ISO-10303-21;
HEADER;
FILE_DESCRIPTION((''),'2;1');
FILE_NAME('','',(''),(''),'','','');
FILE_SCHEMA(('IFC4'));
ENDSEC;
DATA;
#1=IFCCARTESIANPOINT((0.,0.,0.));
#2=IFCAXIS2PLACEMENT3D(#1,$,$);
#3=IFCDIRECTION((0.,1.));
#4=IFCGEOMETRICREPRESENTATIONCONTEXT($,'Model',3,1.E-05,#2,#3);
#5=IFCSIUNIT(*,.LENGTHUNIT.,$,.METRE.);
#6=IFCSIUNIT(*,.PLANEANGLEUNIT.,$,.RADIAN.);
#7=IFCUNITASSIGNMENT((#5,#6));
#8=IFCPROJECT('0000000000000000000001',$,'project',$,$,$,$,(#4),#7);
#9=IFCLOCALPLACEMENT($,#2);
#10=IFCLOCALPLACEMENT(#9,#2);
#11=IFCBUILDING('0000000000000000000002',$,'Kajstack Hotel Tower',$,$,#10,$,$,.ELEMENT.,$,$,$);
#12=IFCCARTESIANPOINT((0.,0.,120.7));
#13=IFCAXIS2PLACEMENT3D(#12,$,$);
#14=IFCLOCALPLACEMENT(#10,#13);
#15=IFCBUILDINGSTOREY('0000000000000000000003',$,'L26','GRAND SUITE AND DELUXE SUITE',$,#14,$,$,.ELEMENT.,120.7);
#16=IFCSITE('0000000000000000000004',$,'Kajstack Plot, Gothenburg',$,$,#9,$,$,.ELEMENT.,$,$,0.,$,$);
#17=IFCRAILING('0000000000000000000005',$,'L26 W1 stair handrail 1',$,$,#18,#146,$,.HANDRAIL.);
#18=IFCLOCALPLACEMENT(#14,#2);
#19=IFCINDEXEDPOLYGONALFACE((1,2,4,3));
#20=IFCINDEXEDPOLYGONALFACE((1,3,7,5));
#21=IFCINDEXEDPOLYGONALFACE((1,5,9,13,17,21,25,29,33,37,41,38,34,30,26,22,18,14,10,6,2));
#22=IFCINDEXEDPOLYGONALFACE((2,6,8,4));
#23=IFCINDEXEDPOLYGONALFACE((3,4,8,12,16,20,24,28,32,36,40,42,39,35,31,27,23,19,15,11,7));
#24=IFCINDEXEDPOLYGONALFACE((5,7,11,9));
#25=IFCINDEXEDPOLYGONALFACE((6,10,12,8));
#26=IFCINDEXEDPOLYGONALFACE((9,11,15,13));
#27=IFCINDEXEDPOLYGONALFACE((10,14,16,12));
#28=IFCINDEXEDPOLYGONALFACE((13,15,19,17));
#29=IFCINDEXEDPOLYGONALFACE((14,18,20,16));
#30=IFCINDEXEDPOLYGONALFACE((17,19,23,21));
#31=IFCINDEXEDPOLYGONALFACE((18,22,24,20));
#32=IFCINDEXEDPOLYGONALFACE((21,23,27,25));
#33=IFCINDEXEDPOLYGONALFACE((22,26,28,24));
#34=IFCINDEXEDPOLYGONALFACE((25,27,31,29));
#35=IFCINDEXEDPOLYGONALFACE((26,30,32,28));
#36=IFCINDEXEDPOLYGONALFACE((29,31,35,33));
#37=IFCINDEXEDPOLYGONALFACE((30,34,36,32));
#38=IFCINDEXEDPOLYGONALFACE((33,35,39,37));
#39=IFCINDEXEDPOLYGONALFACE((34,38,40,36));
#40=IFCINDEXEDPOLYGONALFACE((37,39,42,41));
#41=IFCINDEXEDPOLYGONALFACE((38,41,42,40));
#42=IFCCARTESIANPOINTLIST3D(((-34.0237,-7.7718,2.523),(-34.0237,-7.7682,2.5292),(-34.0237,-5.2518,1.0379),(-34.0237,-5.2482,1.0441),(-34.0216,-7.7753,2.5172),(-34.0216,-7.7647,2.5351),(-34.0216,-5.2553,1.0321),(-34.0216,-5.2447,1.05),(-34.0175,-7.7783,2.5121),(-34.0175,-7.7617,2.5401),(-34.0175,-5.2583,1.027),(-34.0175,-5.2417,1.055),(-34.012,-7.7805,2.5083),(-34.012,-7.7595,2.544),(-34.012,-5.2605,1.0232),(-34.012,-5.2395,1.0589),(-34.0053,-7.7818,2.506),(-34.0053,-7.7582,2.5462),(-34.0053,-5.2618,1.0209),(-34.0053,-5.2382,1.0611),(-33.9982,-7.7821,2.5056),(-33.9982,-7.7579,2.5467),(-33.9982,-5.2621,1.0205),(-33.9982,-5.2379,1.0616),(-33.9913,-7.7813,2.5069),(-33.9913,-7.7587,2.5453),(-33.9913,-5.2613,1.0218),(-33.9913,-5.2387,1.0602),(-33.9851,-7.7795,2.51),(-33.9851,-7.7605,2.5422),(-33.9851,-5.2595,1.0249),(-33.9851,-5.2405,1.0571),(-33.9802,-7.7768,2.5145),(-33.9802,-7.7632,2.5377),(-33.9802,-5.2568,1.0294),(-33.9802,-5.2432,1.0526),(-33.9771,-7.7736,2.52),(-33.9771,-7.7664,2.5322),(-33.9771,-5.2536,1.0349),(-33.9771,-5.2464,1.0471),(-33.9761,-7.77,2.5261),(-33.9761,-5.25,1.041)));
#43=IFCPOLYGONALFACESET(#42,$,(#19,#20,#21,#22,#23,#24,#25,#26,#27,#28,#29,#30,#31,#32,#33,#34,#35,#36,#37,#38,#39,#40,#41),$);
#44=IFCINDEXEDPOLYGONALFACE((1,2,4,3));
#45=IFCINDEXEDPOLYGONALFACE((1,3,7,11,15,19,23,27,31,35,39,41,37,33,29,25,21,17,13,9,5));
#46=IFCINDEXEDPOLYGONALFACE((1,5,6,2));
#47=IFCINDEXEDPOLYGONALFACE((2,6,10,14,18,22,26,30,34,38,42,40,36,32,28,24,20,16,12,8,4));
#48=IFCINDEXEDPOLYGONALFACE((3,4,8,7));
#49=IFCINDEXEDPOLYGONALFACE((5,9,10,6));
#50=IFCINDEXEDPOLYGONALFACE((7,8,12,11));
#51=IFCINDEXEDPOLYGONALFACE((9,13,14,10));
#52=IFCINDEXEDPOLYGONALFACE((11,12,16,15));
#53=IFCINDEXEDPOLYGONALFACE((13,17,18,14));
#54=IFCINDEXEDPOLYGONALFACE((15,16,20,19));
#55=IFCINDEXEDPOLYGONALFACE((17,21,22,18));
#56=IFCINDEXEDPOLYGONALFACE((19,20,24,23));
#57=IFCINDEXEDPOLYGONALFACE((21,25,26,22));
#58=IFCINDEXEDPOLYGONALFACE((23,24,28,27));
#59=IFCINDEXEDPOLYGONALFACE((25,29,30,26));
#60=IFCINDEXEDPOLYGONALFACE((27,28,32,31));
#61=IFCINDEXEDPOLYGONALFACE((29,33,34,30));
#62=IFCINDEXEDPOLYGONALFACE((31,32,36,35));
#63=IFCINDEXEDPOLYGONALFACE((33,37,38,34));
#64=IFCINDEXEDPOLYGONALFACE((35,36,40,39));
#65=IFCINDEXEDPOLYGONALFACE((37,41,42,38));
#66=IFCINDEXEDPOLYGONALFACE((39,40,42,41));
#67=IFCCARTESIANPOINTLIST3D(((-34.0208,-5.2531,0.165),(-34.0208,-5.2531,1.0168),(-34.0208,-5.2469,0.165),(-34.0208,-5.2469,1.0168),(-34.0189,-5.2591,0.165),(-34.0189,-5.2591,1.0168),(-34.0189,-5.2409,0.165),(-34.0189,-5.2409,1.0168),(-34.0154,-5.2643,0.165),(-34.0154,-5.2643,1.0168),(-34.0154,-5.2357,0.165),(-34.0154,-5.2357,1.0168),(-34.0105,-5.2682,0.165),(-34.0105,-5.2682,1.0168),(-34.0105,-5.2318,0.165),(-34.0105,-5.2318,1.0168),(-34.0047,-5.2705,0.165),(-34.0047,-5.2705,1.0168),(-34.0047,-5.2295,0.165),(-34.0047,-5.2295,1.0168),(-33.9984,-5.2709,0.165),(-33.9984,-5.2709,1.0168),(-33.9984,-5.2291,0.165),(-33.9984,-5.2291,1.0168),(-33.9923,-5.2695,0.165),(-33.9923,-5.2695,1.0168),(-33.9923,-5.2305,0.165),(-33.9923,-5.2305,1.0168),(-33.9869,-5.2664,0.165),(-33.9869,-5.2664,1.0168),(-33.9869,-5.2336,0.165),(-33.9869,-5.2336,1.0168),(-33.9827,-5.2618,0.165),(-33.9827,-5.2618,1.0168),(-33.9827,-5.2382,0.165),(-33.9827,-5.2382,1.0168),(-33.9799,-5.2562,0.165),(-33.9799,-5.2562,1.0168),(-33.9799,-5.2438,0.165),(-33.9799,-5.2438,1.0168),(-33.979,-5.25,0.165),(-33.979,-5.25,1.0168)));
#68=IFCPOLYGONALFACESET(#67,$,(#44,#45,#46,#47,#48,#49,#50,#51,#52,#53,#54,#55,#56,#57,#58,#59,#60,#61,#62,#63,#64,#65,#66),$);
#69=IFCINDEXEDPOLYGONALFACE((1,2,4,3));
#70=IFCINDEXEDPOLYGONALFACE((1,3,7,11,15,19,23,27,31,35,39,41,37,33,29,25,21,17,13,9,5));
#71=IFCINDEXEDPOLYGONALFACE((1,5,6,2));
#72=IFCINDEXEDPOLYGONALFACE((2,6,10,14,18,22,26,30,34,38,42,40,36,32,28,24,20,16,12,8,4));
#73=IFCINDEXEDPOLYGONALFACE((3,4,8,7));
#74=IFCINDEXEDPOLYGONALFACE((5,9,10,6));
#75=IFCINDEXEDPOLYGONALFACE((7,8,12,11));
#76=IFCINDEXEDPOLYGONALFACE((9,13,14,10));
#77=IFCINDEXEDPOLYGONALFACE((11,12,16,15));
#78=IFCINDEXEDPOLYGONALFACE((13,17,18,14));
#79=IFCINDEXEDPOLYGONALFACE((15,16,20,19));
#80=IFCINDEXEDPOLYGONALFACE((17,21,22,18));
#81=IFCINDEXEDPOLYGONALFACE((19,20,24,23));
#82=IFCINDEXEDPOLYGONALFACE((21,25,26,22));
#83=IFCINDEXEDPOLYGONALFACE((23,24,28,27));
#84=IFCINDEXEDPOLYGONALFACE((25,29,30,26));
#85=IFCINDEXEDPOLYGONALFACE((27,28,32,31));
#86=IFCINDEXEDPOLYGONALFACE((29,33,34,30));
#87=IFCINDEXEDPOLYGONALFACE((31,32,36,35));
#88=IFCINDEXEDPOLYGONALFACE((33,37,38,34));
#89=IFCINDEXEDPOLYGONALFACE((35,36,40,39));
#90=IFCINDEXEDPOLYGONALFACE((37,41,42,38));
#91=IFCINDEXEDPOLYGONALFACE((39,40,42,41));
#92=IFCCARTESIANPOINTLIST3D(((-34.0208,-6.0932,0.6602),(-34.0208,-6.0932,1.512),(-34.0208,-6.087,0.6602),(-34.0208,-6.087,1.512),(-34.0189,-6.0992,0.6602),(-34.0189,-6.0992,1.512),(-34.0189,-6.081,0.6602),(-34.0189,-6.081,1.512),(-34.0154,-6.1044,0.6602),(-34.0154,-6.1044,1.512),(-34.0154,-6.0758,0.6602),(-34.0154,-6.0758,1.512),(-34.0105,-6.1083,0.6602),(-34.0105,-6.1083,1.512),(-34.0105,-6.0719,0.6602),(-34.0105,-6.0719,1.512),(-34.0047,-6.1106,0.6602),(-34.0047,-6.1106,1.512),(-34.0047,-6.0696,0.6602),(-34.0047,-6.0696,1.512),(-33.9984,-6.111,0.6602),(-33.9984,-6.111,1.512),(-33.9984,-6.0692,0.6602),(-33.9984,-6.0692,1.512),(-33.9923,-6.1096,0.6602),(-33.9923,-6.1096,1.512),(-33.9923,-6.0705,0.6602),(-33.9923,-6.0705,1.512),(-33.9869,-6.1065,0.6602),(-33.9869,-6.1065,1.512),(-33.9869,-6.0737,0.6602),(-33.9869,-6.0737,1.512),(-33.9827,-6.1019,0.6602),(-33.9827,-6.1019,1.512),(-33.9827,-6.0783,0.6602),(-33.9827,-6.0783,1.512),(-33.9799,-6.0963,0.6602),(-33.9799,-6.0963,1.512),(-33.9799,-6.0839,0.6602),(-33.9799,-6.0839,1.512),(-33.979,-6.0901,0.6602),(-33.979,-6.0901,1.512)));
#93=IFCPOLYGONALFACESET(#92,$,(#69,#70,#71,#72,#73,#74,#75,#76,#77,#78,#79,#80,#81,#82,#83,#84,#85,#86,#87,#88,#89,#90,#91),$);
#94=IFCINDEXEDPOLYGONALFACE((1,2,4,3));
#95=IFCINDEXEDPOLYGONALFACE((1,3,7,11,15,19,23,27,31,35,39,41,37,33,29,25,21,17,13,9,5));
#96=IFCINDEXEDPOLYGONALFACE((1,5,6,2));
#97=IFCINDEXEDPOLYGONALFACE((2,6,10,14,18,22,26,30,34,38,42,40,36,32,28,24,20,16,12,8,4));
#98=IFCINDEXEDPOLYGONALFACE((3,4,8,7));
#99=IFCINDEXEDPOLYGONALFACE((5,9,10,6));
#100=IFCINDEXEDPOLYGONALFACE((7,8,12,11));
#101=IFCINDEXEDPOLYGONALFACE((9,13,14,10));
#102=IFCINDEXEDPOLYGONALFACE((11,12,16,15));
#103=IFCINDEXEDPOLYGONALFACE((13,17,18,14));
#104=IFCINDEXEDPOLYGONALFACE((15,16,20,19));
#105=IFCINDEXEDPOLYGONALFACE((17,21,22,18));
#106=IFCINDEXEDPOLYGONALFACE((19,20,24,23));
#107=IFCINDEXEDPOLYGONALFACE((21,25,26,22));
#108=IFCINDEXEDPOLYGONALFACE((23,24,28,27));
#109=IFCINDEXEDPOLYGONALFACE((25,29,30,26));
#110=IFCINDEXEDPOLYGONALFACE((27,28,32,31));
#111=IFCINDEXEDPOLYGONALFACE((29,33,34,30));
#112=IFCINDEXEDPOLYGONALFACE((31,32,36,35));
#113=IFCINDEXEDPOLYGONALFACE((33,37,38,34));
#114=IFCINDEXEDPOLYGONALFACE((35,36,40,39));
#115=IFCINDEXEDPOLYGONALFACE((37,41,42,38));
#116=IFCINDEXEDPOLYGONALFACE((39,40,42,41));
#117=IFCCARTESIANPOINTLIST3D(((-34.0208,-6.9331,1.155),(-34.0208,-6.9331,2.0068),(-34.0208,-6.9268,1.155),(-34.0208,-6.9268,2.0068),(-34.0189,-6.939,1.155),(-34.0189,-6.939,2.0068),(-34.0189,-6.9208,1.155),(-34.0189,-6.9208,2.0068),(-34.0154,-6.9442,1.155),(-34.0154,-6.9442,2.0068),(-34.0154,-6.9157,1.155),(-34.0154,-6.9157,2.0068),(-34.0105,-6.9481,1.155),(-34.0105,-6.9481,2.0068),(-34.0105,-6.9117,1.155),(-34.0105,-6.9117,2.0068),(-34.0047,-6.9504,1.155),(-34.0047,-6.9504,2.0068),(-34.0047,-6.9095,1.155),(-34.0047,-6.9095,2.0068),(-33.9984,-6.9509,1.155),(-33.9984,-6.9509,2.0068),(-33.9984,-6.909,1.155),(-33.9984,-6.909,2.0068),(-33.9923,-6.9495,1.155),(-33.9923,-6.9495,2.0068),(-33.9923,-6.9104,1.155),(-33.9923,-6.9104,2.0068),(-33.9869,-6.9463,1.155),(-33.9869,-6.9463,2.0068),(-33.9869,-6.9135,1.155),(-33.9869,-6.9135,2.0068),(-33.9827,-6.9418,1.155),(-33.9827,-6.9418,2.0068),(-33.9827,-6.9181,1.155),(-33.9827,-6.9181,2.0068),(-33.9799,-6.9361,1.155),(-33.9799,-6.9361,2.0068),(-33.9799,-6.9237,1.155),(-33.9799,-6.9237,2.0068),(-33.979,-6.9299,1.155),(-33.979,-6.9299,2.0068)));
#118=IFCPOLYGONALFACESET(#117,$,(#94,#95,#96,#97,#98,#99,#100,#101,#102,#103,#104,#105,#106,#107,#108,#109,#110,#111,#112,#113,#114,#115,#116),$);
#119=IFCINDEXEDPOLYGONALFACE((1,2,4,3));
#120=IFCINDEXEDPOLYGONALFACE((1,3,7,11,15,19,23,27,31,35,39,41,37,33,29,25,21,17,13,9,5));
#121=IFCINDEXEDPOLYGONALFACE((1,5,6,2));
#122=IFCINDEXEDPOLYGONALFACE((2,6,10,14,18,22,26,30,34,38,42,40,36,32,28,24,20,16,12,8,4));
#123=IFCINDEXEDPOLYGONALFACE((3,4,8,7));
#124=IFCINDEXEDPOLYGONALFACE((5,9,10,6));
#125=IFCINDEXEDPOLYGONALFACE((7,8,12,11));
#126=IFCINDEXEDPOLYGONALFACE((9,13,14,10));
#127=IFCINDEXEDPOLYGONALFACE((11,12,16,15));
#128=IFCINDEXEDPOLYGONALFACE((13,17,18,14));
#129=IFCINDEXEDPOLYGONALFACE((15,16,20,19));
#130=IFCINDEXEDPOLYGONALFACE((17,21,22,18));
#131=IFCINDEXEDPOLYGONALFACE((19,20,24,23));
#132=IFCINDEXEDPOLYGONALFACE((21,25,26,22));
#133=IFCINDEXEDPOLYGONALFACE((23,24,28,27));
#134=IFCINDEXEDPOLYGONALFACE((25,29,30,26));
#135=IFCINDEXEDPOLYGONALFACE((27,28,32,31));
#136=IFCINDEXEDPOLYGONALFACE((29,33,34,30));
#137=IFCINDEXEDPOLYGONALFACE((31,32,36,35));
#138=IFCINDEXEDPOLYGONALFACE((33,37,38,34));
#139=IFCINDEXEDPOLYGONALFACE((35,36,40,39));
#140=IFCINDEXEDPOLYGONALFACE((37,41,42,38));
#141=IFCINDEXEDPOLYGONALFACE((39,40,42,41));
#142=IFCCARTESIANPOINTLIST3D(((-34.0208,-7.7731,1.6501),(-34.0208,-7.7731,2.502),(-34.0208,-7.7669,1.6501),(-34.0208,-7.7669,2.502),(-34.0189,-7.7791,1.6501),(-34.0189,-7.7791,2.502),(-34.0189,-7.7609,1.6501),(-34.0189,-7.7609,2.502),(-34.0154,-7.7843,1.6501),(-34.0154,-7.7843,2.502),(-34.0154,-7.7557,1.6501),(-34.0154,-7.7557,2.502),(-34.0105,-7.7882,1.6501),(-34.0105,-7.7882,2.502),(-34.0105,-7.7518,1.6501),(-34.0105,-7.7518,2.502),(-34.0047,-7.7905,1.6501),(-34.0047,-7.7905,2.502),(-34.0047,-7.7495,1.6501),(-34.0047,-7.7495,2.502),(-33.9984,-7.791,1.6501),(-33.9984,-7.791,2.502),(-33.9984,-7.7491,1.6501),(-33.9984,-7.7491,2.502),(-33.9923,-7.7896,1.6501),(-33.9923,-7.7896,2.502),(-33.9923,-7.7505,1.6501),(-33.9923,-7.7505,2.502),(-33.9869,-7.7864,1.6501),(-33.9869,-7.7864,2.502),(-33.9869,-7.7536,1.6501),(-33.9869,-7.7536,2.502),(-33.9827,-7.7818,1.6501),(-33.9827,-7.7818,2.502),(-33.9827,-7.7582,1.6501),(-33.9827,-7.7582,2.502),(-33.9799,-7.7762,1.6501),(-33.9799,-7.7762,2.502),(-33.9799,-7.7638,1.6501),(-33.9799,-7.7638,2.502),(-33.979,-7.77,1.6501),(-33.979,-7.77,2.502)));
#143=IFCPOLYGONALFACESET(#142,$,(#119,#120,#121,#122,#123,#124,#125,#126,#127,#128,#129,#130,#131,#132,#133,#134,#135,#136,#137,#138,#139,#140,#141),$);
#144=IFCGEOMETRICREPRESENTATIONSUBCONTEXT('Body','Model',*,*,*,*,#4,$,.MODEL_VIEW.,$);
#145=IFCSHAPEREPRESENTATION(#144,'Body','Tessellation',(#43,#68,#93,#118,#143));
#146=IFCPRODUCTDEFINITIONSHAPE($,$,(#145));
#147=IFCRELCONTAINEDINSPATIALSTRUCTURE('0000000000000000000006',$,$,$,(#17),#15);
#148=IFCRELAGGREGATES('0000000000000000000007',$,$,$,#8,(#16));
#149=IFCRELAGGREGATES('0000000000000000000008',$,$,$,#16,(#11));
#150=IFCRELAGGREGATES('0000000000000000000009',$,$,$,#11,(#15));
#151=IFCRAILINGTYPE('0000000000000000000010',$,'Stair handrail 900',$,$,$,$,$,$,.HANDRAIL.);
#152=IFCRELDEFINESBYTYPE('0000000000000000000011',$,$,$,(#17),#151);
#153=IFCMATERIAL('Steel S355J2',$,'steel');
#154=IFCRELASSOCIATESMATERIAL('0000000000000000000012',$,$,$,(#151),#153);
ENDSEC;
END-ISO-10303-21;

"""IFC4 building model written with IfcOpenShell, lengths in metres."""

from ifc_helpers import new_model, si_unit, direction, frame, origin, origin_2d, place, context, subcontext, project, spatial, circle, extrude, material, type_object, element, save


model = new_model("IFC4")

# Units and contexts
model_context = context("Model", 3, precision=1e-05, world=origin(), true_north=direction((0.0, 1.0)))
body_context = subcontext(model_context, "Body", "Model", "MODEL_VIEW")
ifc_project = project(units=[si_unit("LENGTHUNIT", "METRE"), si_unit("PLANEANGLEUNIT", "RADIAN")], contexts=[model_context])

# Site, building, storey
site_placement = place(None, origin())
site = spatial("IfcSite", under=ifc_project, at=site_placement, Name="Kajstack Plot, Gothenburg", CompositionType="ELEMENT", RefElevation=0.0)
building_placement = place(site_placement, origin())
building = spatial("IfcBuilding", under=site, at=building_placement, Name="Kajstack Hotel Tower", CompositionType="ELEMENT")
storey_placement = place(building_placement, frame((0.0, 0.0, 120.7)))
storey = spatial("IfcBuildingStorey", under=building, at=storey_placement, Name="L26", Description="GRAND SUITE AND DELUXE SUITE", CompositionType="ELEMENT", Elevation=120.7)

# Railing
ifc_material_1 = material(Name="Steel S355J2", Category="steel")
railing_type_1 = type_object("IfcRailingType", Name="Stair handrail 900", PredefinedType="HANDRAIL", material=ifc_material_1)
railing_1_placement = place(storey_placement, frame((-34.0, -5.25, 0.165)))
element("IfcRailing", 1, at=railing_1_placement, inside=storey, type_object=railing_type_1, Name="L26 W1 stair handrail 1", PredefinedType="HANDRAIL", context=body_context, shape_type="SweptSolid", body=[
    extrude(circle(Radius=0.0239, at=origin_2d()), frame((0.0, 0.0, 0.876), z_axis=(0.0, -0.861524, 0.507717), x_axis=(1.0, 0.0, 0.0)), (0.0, 0.0, 1.0), 2.925),
    extrude(circle(Radius=0.021, at=origin_2d()), origin(), (0.0, 0.0, 1.0), 0.8518),
    extrude(circle(Radius=0.021, at=origin_2d()), frame((0.0, -0.8401, 0.4951)), (0.0, 0.0, 1.0), 0.8518),
    extrude(circle(Radius=0.021, at=origin_2d()), frame((0.0, -1.6799, 0.99)), (0.0, 0.0, 1.0), 0.8518),
    extrude(circle(Radius=0.021, at=origin_2d()), frame((0.0, -2.52, 1.4851)), (0.0, 0.0, 1.0), 0.8518),
])

save(model, "model.ifc")
